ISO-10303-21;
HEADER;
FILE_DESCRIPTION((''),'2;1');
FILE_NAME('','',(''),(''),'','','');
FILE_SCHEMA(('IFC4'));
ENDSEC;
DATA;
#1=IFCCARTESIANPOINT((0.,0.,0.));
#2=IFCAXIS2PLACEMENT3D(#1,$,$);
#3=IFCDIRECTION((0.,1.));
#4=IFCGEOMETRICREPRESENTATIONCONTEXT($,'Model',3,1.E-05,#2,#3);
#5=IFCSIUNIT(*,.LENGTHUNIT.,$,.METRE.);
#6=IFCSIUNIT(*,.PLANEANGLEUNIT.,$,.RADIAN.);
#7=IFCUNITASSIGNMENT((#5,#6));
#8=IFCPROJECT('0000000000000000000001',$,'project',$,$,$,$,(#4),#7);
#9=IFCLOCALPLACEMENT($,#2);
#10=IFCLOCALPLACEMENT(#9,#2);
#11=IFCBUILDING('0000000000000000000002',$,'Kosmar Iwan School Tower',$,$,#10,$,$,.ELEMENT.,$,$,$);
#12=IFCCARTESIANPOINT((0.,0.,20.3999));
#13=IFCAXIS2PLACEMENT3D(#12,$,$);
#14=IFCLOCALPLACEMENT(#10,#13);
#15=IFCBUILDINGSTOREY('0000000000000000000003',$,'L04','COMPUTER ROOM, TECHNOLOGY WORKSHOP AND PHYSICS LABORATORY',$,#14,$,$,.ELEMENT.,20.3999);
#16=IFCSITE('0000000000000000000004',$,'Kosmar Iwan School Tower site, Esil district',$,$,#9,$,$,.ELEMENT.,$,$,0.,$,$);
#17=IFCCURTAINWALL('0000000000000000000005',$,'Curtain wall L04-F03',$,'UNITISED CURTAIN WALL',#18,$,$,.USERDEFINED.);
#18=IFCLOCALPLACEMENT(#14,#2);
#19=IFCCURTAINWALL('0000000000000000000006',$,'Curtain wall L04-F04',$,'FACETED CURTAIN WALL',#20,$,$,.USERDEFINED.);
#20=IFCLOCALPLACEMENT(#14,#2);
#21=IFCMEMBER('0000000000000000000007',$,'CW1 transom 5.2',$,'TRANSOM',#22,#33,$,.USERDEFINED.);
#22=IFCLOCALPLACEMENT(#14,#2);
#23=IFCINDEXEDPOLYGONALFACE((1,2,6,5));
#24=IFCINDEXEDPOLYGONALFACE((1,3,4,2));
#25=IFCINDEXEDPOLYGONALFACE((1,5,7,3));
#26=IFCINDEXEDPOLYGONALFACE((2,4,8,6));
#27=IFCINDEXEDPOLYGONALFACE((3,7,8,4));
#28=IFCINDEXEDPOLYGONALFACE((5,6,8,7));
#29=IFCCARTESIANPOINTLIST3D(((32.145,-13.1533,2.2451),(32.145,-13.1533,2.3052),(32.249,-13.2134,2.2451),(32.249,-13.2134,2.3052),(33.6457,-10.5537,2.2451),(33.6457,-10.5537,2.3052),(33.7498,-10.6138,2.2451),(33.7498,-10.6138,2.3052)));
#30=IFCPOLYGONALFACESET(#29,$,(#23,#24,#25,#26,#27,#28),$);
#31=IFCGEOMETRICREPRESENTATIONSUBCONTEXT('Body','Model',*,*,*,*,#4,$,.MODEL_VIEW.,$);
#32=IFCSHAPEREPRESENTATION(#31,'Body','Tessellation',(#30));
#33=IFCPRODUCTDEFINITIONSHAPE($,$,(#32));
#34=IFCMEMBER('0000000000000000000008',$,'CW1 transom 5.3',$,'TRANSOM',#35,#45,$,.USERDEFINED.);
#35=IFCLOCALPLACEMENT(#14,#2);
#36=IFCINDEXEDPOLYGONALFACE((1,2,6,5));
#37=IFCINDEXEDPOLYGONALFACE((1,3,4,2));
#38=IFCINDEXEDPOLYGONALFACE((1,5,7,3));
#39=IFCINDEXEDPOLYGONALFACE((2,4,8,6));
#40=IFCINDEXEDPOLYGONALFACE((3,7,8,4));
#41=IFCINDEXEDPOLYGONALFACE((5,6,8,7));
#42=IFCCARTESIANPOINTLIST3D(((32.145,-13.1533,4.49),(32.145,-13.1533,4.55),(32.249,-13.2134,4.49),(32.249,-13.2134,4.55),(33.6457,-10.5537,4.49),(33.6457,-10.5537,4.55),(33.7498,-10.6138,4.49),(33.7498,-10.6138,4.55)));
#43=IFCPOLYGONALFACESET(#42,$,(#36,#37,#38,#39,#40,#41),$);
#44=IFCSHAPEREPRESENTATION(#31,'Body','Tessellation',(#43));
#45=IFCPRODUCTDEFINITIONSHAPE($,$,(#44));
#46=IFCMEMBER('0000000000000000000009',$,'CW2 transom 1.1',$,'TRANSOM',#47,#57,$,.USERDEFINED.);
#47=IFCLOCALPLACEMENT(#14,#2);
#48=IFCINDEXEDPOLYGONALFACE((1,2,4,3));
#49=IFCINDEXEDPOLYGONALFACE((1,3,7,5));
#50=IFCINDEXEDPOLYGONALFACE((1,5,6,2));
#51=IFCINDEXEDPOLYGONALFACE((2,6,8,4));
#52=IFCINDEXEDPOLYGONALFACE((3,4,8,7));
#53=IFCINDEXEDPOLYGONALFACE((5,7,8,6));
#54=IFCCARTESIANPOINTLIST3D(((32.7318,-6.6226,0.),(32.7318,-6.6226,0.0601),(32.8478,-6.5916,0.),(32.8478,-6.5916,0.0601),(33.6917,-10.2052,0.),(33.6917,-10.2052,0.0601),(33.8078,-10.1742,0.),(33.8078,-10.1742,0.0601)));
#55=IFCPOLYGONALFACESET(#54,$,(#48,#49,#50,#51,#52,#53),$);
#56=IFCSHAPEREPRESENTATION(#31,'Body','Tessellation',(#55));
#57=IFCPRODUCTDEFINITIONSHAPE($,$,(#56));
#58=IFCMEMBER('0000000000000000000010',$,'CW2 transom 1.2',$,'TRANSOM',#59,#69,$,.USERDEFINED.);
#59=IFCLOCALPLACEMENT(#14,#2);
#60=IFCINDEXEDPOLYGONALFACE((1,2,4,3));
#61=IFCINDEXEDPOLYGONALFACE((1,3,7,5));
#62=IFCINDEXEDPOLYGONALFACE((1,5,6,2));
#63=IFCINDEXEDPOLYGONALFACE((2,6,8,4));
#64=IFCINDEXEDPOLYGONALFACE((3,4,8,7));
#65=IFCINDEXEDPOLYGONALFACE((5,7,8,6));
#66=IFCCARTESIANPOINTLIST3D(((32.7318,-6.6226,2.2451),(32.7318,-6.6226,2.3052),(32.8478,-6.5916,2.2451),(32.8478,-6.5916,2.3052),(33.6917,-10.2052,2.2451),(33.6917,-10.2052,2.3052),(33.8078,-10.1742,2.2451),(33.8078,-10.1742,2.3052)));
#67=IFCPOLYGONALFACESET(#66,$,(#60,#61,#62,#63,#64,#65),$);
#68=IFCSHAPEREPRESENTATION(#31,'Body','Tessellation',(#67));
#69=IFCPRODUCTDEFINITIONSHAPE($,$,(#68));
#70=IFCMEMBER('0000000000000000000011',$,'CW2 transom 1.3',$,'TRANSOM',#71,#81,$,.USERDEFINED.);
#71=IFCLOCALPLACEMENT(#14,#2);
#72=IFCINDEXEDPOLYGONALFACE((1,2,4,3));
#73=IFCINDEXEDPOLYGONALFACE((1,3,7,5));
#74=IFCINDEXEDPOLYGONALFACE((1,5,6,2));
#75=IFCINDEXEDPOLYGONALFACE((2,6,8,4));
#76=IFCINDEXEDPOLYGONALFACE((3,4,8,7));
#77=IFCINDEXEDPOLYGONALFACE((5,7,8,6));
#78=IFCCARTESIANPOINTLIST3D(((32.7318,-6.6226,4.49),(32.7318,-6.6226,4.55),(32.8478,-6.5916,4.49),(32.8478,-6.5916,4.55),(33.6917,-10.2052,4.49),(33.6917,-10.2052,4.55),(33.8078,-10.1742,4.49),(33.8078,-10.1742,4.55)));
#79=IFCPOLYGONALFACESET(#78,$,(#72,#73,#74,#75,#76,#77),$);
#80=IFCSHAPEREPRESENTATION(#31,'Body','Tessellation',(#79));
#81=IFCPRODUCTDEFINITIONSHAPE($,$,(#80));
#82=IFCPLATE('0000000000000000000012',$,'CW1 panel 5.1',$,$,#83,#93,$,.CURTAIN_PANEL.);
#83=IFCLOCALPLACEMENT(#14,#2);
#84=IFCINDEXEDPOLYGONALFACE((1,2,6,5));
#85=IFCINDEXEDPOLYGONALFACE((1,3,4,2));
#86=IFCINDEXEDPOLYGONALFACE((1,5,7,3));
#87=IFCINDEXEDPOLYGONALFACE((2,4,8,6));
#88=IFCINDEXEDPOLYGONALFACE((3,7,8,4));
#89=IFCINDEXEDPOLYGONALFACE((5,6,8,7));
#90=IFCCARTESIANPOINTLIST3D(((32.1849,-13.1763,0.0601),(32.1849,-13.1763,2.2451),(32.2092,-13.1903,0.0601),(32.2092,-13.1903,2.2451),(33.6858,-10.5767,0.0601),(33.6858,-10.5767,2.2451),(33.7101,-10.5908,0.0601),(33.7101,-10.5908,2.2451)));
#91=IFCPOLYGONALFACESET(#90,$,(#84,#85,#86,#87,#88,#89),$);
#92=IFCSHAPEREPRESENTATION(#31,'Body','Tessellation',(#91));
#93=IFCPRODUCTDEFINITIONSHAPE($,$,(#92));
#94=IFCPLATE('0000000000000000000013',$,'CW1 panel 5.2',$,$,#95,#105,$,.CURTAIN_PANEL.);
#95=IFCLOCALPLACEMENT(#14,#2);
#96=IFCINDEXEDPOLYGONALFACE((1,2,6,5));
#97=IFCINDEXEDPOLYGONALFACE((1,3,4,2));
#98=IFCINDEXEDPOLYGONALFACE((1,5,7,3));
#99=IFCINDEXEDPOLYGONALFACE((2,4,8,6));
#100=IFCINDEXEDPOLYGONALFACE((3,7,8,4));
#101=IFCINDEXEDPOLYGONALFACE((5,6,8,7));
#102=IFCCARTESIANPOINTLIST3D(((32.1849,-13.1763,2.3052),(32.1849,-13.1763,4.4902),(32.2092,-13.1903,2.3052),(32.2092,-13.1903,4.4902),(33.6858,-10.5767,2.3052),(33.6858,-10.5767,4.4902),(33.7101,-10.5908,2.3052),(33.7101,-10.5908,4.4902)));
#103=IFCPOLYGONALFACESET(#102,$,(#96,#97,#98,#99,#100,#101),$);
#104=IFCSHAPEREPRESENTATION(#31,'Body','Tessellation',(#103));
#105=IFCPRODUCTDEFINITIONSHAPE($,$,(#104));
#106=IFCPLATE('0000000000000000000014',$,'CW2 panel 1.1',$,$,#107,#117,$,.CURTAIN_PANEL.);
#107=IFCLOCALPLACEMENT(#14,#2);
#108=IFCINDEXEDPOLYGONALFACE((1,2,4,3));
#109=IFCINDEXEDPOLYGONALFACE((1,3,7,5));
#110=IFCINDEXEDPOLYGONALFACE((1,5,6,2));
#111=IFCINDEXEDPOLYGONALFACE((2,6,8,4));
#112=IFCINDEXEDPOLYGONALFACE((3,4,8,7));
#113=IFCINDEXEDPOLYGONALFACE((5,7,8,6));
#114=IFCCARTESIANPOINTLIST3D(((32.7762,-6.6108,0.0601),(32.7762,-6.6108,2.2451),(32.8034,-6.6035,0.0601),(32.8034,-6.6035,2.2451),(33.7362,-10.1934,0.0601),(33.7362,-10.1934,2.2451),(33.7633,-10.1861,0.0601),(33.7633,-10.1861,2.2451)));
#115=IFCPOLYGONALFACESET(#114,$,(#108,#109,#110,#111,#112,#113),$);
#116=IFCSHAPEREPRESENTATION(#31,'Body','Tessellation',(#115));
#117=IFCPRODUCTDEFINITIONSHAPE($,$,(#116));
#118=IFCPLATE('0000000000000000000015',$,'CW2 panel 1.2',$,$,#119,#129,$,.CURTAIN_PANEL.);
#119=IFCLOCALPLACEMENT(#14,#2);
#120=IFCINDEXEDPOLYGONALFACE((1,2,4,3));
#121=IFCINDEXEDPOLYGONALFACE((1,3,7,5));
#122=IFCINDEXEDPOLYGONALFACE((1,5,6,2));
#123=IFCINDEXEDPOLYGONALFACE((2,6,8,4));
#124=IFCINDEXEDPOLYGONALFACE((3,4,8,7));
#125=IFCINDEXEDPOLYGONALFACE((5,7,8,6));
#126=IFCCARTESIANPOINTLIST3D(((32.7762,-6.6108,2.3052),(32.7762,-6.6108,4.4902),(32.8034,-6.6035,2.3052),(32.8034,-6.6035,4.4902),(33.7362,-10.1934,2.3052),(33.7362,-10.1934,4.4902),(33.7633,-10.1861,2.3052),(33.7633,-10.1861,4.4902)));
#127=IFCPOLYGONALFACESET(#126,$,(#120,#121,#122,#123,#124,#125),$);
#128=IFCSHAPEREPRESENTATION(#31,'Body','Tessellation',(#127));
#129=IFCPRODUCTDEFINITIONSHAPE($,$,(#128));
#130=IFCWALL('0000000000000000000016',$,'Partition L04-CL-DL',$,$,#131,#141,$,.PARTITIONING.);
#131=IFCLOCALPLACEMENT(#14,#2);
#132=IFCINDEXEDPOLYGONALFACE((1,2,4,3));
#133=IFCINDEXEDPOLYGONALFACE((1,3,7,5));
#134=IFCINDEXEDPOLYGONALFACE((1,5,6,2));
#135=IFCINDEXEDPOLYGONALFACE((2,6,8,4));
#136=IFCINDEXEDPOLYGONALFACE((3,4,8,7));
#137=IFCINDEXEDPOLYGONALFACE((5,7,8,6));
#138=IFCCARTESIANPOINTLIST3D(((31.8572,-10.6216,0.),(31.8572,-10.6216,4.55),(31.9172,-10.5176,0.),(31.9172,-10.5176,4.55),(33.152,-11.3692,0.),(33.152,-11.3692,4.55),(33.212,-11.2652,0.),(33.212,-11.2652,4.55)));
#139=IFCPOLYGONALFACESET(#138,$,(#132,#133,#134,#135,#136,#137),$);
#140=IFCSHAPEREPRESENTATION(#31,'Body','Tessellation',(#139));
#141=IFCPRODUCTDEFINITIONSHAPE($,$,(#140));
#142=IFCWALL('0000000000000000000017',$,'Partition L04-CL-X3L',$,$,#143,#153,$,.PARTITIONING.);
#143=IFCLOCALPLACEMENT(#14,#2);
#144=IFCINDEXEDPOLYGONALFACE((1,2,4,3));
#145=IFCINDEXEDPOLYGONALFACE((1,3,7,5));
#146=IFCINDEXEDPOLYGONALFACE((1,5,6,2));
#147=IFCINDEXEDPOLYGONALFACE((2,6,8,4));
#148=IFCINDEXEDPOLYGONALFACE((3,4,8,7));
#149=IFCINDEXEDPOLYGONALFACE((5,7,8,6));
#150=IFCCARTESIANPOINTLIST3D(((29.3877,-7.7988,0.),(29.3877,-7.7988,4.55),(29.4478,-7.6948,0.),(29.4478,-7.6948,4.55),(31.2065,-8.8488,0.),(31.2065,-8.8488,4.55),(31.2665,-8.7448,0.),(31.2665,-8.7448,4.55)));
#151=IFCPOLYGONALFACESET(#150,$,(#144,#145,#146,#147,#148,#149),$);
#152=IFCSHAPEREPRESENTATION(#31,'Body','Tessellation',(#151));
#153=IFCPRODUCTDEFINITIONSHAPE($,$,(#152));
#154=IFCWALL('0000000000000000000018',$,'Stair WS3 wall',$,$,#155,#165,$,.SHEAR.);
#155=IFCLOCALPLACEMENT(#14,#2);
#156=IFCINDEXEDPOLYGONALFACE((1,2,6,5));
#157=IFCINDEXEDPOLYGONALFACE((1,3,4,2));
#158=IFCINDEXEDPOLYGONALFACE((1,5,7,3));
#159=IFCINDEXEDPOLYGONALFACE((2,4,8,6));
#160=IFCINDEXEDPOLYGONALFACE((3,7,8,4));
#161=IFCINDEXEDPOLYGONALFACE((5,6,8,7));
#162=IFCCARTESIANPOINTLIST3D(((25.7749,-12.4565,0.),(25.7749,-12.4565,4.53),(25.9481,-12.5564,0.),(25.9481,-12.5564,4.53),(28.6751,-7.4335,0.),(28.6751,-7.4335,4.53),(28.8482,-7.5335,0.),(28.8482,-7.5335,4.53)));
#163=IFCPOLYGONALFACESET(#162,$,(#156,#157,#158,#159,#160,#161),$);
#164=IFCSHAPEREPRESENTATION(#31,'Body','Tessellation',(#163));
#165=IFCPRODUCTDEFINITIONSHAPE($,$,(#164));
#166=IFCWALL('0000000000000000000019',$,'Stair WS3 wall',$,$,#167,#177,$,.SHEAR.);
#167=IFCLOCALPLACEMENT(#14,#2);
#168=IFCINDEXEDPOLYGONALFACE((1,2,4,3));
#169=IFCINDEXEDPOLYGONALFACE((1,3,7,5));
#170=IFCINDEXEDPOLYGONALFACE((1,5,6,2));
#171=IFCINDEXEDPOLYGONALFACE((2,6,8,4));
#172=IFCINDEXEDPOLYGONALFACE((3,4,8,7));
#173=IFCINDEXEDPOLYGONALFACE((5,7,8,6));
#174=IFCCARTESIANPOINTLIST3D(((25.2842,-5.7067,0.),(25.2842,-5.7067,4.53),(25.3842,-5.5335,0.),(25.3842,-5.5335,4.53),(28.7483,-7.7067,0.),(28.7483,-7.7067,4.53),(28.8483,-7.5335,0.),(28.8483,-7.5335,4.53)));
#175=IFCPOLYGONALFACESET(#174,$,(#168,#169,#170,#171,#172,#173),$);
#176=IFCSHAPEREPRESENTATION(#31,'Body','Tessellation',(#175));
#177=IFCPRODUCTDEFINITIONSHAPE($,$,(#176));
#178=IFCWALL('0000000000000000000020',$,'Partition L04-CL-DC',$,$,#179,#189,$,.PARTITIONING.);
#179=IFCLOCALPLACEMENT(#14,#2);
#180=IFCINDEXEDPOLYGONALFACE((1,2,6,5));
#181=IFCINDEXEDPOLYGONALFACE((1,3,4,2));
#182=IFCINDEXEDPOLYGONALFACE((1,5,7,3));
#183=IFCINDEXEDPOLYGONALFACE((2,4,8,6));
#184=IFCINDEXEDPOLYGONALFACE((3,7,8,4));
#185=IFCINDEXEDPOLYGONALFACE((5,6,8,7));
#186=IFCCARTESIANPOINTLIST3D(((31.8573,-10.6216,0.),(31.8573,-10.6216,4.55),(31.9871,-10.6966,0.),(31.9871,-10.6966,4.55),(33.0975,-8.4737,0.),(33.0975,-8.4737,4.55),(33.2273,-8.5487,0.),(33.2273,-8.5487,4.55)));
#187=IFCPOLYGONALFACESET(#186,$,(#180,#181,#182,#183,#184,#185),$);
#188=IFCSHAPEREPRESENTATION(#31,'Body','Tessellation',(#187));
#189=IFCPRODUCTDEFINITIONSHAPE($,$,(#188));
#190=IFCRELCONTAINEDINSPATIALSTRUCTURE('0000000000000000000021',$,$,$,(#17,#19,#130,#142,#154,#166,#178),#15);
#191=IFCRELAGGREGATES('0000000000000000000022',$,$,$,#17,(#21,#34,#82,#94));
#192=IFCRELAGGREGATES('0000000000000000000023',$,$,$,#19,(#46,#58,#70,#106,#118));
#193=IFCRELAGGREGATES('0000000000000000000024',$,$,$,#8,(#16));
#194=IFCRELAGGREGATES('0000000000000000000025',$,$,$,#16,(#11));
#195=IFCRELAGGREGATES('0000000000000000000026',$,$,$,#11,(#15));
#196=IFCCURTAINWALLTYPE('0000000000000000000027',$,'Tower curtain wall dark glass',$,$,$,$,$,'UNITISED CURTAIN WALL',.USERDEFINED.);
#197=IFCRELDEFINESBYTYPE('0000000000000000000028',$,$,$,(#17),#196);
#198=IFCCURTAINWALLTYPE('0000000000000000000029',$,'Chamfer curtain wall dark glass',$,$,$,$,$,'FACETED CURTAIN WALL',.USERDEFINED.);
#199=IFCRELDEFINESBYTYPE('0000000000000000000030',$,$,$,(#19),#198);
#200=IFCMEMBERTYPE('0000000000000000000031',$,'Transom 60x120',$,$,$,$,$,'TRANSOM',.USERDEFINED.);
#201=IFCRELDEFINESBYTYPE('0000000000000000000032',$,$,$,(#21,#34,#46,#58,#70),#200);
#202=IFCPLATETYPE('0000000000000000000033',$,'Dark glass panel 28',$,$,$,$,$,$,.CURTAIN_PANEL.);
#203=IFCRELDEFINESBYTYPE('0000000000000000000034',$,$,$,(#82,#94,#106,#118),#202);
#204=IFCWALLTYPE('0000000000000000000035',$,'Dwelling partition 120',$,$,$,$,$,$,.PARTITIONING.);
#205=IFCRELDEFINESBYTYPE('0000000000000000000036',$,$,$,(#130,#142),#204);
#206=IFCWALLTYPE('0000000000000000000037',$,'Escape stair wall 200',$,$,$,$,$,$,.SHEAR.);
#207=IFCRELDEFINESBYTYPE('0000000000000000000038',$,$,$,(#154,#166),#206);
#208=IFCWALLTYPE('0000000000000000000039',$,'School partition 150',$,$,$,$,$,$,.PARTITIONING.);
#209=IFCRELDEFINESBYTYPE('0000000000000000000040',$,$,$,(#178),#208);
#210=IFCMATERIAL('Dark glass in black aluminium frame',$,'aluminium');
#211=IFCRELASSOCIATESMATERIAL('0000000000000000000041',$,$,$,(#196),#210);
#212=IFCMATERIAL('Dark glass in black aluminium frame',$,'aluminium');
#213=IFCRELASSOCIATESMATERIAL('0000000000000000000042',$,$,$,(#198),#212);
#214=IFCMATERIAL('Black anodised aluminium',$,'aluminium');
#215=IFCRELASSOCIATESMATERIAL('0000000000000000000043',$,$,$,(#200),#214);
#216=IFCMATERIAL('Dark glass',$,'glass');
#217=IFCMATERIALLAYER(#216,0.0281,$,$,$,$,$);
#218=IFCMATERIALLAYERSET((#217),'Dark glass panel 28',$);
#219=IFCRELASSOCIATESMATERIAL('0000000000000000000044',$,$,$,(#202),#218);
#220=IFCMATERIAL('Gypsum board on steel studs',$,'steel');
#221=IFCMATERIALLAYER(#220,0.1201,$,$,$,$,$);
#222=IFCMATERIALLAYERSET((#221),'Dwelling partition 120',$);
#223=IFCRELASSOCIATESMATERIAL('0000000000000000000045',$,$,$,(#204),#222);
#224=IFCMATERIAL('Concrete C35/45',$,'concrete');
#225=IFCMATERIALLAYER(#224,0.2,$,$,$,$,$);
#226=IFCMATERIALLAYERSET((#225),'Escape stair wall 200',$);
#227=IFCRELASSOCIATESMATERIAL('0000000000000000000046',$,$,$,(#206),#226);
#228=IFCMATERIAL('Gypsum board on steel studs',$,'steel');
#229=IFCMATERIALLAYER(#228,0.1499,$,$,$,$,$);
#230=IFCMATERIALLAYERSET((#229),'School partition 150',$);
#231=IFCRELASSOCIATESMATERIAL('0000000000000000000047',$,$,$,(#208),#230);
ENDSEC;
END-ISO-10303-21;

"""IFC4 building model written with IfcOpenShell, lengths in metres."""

from ifc_helpers import new_model, si_unit, direction, frame, frame_2d, origin, origin_2d, place, context, subcontext, project, spatial, rectangle, extrude, material, layer, layer_set, material_profile, profile_set, type_object, element, aggregate, save


model = new_model("IFC4")

# Units and contexts
model_context = context("Model", 3, precision=1e-05, world=origin(), true_north=direction((0.0, 1.0)))
body_context = subcontext(model_context, "Body", "Model", "MODEL_VIEW")
ifc_project = project(units=[si_unit("LENGTHUNIT", "METRE"), si_unit("PLANEANGLEUNIT", "RADIAN")], contexts=[model_context])

# Site, building, storey
site_placement = place(None, origin())
site = spatial("IfcSite", under=ifc_project, at=site_placement, Name="Kosmar Iwan School Tower site, Esil district", CompositionType="ELEMENT", RefElevation=0.0)
building_placement = place(site_placement, origin())
building = spatial("IfcBuilding", under=site, at=building_placement, Name="Kosmar Iwan School Tower", CompositionType="ELEMENT")
storey_placement = place(building_placement, frame((0.0, 0.0, 20.3999)))
storey = spatial("IfcBuildingStorey", under=building, at=storey_placement, Name="L04", Description="COMPUTER ROOM, TECHNOLOGY WORKSHOP AND PHYSICS LABORATORY", CompositionType="ELEMENT", Elevation=20.3999)

# Curtain wall
ifc_material_1 = material(Name="Dark glass in black aluminium frame", Category="aluminium")
curtain_wall_type_1 = type_object("IfcCurtainWallType", Name="Tower curtain wall dark glass", ElementType="UNITISED CURTAIN WALL", PredefinedType="USERDEFINED", material=ifc_material_1)
curtain_wall_1_placement = place(storey_placement, origin())
curtain_wall_1 = element("IfcCurtainWall", 1, at=curtain_wall_1_placement, inside=storey, type_object=curtain_wall_type_1, Name="Curtain wall L04-F03", ObjectType="UNITISED CURTAIN WALL", PredefinedType="USERDEFINED")

# Curtain wall
ifc_material_2 = material(Name="Dark glass in black aluminium frame", Category="aluminium")
curtain_wall_type_2 = type_object("IfcCurtainWallType", Name="Chamfer curtain wall dark glass", ElementType="FACETED CURTAIN WALL", PredefinedType="USERDEFINED", material=ifc_material_2)
curtain_wall_2_placement = place(storey_placement, origin())
curtain_wall_2 = element("IfcCurtainWall", 2, at=curtain_wall_2_placement, inside=storey, type_object=curtain_wall_type_2, Name="Curtain wall L04-F04", ObjectType="FACETED CURTAIN WALL", PredefinedType="USERDEFINED")

# Members
ifc_material_3 = material(Name="Black anodised aluminium", Category="aluminium")
ifc_material_profile_1 = material_profile(ifc_material_3, rectangle(XDim=0.1201, YDim=0.0601, at=origin_2d()), Name="TRANSOM 60x120")
ifc_profile_set_1 = profile_set([ifc_material_profile_1], Name="Black anodised aluminium")
member_type_1 = type_object("IfcMemberType", Name="Transom 60x120", ElementType="TRANSOM", PredefinedType="USERDEFINED", material=ifc_profile_set_1)
member_1_placement = place(storey_placement, frame((32.197, -13.1833, 2.2751), z_axis=(0.499962, 0.866047, 0.0), x_axis=(-0.866047, 0.499962, 0.0)))
member_1 = element("IfcMember", 3, at=member_1_placement, type_object=member_type_1, Name="CW1 transom 5.2", ObjectType="TRANSOM", PredefinedType="USERDEFINED", context=body_context, shape_type="SweptSolid", body=[
    extrude(rectangle(XDim=0.1201, YDim=0.0601, at=origin_2d()), origin(), (0.0, 0.0, 1.0), 3.0017),
])
member_2_placement = place(storey_placement, frame((32.197, -13.1833, 4.52), z_axis=(0.499962, 0.866047, 0.0), x_axis=(-0.866047, 0.499962, 0.0)))
member_2 = element("IfcMember", 4, at=member_2_placement, type_object=member_type_1, Name="CW1 transom 5.3", ObjectType="TRANSOM", PredefinedType="USERDEFINED", context=body_context, shape_type="SweptSolid", body=[
    extrude(rectangle(XDim=0.1201, YDim=0.0601, at=origin_2d()), origin(), (0.0, 0.0, 1.0), 3.0017),
])
member_3_placement = place(storey_placement, frame((33.7498, -10.1897, 0.03), z_axis=(-0.258826, 0.965924, 0.0), x_axis=(-0.965924, -0.258826, 0.0)))
member_3 = element("IfcMember", 5, at=member_3_placement, type_object=member_type_1, Name="CW2 transom 1.1", ObjectType="TRANSOM", PredefinedType="USERDEFINED", context=body_context, shape_type="SweptSolid", body=[
    extrude(rectangle(XDim=0.1201, YDim=0.0601, at=origin_2d()), origin(), (0.0, 0.0, 1.0), 3.709),
])
member_4_placement = place(storey_placement, frame((33.7498, -10.1897, 2.2751), z_axis=(-0.258826, 0.965924, 0.0), x_axis=(-0.965924, -0.258826, 0.0)))
member_4 = element("IfcMember", 6, at=member_4_placement, type_object=member_type_1, Name="CW2 transom 1.2", ObjectType="TRANSOM", PredefinedType="USERDEFINED", context=body_context, shape_type="SweptSolid", body=[
    extrude(rectangle(XDim=0.1201, YDim=0.0601, at=origin_2d()), origin(), (0.0, 0.0, 1.0), 3.709),
])
member_5_placement = place(storey_placement, frame((33.7498, -10.1897, 4.52), z_axis=(-0.258826, 0.965924, 0.0), x_axis=(-0.965924, -0.258826, 0.0)))
member_5 = element("IfcMember", 7, at=member_5_placement, type_object=member_type_1, Name="CW2 transom 1.3", ObjectType="TRANSOM", PredefinedType="USERDEFINED", context=body_context, shape_type="SweptSolid", body=[
    extrude(rectangle(XDim=0.1201, YDim=0.0601, at=origin_2d()), origin(), (0.0, 0.0, 1.0), 3.709),
])

# Plates
ifc_material_4 = material(Name="Dark glass", Category="glass")
ifc_layer_1 = layer(ifc_material_4, 0.0281)
ifc_layer_set_1 = layer_set([ifc_layer_1], Name="Dark glass panel 28")
plate_type = type_object("IfcPlateType", Name="Dark glass panel 28", PredefinedType="CURTAIN_PANEL", material=ifc_layer_set_1)
plate_1_placement = place(storey_placement, frame((32.9475, -11.8835, 0.0601), z_axis=(0.0, 0.0, 1.0), x_axis=(0.5, 0.866025, 0.0)))
plate_1 = element("IfcPlate", 8, at=plate_1_placement, type_object=plate_type, Name="CW1 panel 5.1", PredefinedType="CURTAIN_PANEL", context=body_context, shape_type="SweptSolid", body=[
    extrude(rectangle(XDim=3.0017, YDim=0.0281, at=origin_2d()), origin(), (0.0, 0.0, 1.0), 2.1851),
])
plate_2_placement = place(storey_placement, frame((32.9475, -11.8835, 2.3052), z_axis=(0.0, 0.0, 1.0), x_axis=(0.5, 0.866025, 0.0)))
plate_2 = element("IfcPlate", 9, at=plate_2_placement, type_object=plate_type, Name="CW1 panel 5.2", PredefinedType="CURTAIN_PANEL", context=body_context, shape_type="SweptSolid", body=[
    extrude(rectangle(XDim=3.0017, YDim=0.0281, at=origin_2d()), origin(), (0.0, 0.0, 1.0), 2.1851),
])
aggregate(curtain_wall_1, [member_1, member_2, plate_1, plate_2])
plate_3_placement = place(storey_placement, frame((33.2698, -8.3984, 0.0601), z_axis=(0.0, 0.0, 1.0), x_axis=(-0.258819, 0.965926, 0.0)))
plate_3 = element("IfcPlate", 10, at=plate_3_placement, type_object=plate_type, Name="CW2 panel 1.1", PredefinedType="CURTAIN_PANEL", context=body_context, shape_type="SweptSolid", body=[
    extrude(rectangle(XDim=3.709, YDim=0.0281, at=origin_2d()), origin(), (0.0, 0.0, 1.0), 2.1851),
])
plate_4_placement = place(storey_placement, frame((33.2698, -8.3984, 2.3052), z_axis=(0.0, 0.0, 1.0), x_axis=(-0.258819, 0.965926, 0.0)))
plate_4 = element("IfcPlate", 11, at=plate_4_placement, type_object=plate_type, Name="CW2 panel 1.2", PredefinedType="CURTAIN_PANEL", context=body_context, shape_type="SweptSolid", body=[
    extrude(rectangle(XDim=3.709, YDim=0.0281, at=origin_2d()), origin(), (0.0, 0.0, 1.0), 2.1851),
])
aggregate(curtain_wall_2, [member_3, member_4, member_5, plate_3, plate_4])

# Walls
ifc_material_5 = material(Name="Gypsum board on steel studs", Category="steel")
ifc_layer_2 = layer(ifc_material_5, 0.1201)
ifc_layer_set_2 = layer_set([ifc_layer_2], Name="Dwelling partition 120")
wall_type_1 = type_object("IfcWallType", Name="Dwelling partition 120", PredefinedType="PARTITIONING", material=ifc_layer_set_2)
wall_1_placement = place(storey_placement, frame((31.8872, -10.5696, 0.0), z_axis=(0.0, 0.0, 1.0), x_axis=(0.866003, -0.500038, 0.0)))
element("IfcWall", 12, at=wall_1_placement, inside=storey, type_object=wall_type_1, Name="Partition L04-CL-DL", PredefinedType="PARTITIONING", context=body_context, shape_type="SweptSolid", body=[
    extrude(rectangle(XDim=1.4951, YDim=0.1201, at=frame_2d((0.7476, 0.0))), origin(), (0.0, 0.0, 1.0), 4.55),
])
wall_2_placement = place(storey_placement, frame((29.4177, -7.7468, 0.0), z_axis=(0.0, 0.0, 1.0), x_axis=(0.866038, -0.499977, 0.0)))
element("IfcWall", 13, at=wall_2_placement, inside=storey, type_object=wall_type_1, Name="Partition L04-CL-X3L", PredefinedType="PARTITIONING", context=body_context, shape_type="SweptSolid", body=[
    extrude(rectangle(XDim=2.1001, YDim=0.1201, at=frame_2d((1.05, 0.0))), origin(), (0.0, 0.0, 1.0), 4.55),
])
ifc_material_6 = material(Name="Concrete C35/45", Category="concrete")
ifc_layer_3 = layer(ifc_material_6, 0.2)
ifc_layer_set_3 = layer_set([ifc_layer_3], Name="Escape stair wall 200")
wall_type_2 = type_object("IfcWallType", Name="Escape stair wall 200", PredefinedType="SHEAR", material=ifc_layer_set_3)
wall_3_placement = place(storey_placement, frame((25.8616, -12.5063, 0.0), z_axis=(0.0, 0.0, 1.0), x_axis=(0.500019, 0.866015, 0.0)))
element("IfcWall", 14, at=wall_3_placement, inside=storey, type_object=wall_type_2, Name="Stair WS3 wall", PredefinedType="SHEAR", context=body_context, shape_type="SweptSolid", body=[
    extrude(rectangle(XDim=5.8, YDim=0.2, at=frame_2d((2.8999, 0.0))), origin(), (0.0, 0.0, 1.0), 4.53),
])
wall_4_placement = place(storey_placement, frame((25.3342, -5.6201, 0.0), z_axis=(0.0, 0.0, 1.0), x_axis=(0.866026, -0.499999, 0.0)))
element("IfcWall", 15, at=wall_4_placement, inside=storey, type_object=wall_type_2, Name="Stair WS3 wall", PredefinedType="SHEAR", context=body_context, shape_type="SweptSolid", body=[
    extrude(rectangle(XDim=4.0, YDim=0.2, at=frame_2d((2.0, 0.0))), origin(), (0.0, 0.0, 1.0), 4.53),
])
ifc_material_7 = material(Name="Gypsum board on steel studs", Category="steel")
ifc_layer_4 = layer(ifc_material_7, 0.1499)
ifc_layer_set_4 = layer_set([ifc_layer_4], Name="School partition 150")
wall_type_3 = type_object("IfcWallType", Name="School partition 150", PredefinedType="PARTITIONING", material=ifc_layer_set_4)
wall_5_placement = place(storey_placement, frame((31.9221, -10.6592, 0.0), z_axis=(0.0, 0.0, 1.0), x_axis=(0.500035, 0.866005, 0.0)))
element("IfcWall", 16, at=wall_5_placement, inside=storey, type_object=wall_type_3, Name="Partition L04-CL-DC", PredefinedType="PARTITIONING", context=body_context, shape_type="SweptSolid", body=[
    extrude(rectangle(XDim=2.4802, YDim=0.1499, at=frame_2d((1.2402, 0.0))), origin(), (0.0, 0.0, 1.0), 4.55),
])

save(model, "model.ifc")
